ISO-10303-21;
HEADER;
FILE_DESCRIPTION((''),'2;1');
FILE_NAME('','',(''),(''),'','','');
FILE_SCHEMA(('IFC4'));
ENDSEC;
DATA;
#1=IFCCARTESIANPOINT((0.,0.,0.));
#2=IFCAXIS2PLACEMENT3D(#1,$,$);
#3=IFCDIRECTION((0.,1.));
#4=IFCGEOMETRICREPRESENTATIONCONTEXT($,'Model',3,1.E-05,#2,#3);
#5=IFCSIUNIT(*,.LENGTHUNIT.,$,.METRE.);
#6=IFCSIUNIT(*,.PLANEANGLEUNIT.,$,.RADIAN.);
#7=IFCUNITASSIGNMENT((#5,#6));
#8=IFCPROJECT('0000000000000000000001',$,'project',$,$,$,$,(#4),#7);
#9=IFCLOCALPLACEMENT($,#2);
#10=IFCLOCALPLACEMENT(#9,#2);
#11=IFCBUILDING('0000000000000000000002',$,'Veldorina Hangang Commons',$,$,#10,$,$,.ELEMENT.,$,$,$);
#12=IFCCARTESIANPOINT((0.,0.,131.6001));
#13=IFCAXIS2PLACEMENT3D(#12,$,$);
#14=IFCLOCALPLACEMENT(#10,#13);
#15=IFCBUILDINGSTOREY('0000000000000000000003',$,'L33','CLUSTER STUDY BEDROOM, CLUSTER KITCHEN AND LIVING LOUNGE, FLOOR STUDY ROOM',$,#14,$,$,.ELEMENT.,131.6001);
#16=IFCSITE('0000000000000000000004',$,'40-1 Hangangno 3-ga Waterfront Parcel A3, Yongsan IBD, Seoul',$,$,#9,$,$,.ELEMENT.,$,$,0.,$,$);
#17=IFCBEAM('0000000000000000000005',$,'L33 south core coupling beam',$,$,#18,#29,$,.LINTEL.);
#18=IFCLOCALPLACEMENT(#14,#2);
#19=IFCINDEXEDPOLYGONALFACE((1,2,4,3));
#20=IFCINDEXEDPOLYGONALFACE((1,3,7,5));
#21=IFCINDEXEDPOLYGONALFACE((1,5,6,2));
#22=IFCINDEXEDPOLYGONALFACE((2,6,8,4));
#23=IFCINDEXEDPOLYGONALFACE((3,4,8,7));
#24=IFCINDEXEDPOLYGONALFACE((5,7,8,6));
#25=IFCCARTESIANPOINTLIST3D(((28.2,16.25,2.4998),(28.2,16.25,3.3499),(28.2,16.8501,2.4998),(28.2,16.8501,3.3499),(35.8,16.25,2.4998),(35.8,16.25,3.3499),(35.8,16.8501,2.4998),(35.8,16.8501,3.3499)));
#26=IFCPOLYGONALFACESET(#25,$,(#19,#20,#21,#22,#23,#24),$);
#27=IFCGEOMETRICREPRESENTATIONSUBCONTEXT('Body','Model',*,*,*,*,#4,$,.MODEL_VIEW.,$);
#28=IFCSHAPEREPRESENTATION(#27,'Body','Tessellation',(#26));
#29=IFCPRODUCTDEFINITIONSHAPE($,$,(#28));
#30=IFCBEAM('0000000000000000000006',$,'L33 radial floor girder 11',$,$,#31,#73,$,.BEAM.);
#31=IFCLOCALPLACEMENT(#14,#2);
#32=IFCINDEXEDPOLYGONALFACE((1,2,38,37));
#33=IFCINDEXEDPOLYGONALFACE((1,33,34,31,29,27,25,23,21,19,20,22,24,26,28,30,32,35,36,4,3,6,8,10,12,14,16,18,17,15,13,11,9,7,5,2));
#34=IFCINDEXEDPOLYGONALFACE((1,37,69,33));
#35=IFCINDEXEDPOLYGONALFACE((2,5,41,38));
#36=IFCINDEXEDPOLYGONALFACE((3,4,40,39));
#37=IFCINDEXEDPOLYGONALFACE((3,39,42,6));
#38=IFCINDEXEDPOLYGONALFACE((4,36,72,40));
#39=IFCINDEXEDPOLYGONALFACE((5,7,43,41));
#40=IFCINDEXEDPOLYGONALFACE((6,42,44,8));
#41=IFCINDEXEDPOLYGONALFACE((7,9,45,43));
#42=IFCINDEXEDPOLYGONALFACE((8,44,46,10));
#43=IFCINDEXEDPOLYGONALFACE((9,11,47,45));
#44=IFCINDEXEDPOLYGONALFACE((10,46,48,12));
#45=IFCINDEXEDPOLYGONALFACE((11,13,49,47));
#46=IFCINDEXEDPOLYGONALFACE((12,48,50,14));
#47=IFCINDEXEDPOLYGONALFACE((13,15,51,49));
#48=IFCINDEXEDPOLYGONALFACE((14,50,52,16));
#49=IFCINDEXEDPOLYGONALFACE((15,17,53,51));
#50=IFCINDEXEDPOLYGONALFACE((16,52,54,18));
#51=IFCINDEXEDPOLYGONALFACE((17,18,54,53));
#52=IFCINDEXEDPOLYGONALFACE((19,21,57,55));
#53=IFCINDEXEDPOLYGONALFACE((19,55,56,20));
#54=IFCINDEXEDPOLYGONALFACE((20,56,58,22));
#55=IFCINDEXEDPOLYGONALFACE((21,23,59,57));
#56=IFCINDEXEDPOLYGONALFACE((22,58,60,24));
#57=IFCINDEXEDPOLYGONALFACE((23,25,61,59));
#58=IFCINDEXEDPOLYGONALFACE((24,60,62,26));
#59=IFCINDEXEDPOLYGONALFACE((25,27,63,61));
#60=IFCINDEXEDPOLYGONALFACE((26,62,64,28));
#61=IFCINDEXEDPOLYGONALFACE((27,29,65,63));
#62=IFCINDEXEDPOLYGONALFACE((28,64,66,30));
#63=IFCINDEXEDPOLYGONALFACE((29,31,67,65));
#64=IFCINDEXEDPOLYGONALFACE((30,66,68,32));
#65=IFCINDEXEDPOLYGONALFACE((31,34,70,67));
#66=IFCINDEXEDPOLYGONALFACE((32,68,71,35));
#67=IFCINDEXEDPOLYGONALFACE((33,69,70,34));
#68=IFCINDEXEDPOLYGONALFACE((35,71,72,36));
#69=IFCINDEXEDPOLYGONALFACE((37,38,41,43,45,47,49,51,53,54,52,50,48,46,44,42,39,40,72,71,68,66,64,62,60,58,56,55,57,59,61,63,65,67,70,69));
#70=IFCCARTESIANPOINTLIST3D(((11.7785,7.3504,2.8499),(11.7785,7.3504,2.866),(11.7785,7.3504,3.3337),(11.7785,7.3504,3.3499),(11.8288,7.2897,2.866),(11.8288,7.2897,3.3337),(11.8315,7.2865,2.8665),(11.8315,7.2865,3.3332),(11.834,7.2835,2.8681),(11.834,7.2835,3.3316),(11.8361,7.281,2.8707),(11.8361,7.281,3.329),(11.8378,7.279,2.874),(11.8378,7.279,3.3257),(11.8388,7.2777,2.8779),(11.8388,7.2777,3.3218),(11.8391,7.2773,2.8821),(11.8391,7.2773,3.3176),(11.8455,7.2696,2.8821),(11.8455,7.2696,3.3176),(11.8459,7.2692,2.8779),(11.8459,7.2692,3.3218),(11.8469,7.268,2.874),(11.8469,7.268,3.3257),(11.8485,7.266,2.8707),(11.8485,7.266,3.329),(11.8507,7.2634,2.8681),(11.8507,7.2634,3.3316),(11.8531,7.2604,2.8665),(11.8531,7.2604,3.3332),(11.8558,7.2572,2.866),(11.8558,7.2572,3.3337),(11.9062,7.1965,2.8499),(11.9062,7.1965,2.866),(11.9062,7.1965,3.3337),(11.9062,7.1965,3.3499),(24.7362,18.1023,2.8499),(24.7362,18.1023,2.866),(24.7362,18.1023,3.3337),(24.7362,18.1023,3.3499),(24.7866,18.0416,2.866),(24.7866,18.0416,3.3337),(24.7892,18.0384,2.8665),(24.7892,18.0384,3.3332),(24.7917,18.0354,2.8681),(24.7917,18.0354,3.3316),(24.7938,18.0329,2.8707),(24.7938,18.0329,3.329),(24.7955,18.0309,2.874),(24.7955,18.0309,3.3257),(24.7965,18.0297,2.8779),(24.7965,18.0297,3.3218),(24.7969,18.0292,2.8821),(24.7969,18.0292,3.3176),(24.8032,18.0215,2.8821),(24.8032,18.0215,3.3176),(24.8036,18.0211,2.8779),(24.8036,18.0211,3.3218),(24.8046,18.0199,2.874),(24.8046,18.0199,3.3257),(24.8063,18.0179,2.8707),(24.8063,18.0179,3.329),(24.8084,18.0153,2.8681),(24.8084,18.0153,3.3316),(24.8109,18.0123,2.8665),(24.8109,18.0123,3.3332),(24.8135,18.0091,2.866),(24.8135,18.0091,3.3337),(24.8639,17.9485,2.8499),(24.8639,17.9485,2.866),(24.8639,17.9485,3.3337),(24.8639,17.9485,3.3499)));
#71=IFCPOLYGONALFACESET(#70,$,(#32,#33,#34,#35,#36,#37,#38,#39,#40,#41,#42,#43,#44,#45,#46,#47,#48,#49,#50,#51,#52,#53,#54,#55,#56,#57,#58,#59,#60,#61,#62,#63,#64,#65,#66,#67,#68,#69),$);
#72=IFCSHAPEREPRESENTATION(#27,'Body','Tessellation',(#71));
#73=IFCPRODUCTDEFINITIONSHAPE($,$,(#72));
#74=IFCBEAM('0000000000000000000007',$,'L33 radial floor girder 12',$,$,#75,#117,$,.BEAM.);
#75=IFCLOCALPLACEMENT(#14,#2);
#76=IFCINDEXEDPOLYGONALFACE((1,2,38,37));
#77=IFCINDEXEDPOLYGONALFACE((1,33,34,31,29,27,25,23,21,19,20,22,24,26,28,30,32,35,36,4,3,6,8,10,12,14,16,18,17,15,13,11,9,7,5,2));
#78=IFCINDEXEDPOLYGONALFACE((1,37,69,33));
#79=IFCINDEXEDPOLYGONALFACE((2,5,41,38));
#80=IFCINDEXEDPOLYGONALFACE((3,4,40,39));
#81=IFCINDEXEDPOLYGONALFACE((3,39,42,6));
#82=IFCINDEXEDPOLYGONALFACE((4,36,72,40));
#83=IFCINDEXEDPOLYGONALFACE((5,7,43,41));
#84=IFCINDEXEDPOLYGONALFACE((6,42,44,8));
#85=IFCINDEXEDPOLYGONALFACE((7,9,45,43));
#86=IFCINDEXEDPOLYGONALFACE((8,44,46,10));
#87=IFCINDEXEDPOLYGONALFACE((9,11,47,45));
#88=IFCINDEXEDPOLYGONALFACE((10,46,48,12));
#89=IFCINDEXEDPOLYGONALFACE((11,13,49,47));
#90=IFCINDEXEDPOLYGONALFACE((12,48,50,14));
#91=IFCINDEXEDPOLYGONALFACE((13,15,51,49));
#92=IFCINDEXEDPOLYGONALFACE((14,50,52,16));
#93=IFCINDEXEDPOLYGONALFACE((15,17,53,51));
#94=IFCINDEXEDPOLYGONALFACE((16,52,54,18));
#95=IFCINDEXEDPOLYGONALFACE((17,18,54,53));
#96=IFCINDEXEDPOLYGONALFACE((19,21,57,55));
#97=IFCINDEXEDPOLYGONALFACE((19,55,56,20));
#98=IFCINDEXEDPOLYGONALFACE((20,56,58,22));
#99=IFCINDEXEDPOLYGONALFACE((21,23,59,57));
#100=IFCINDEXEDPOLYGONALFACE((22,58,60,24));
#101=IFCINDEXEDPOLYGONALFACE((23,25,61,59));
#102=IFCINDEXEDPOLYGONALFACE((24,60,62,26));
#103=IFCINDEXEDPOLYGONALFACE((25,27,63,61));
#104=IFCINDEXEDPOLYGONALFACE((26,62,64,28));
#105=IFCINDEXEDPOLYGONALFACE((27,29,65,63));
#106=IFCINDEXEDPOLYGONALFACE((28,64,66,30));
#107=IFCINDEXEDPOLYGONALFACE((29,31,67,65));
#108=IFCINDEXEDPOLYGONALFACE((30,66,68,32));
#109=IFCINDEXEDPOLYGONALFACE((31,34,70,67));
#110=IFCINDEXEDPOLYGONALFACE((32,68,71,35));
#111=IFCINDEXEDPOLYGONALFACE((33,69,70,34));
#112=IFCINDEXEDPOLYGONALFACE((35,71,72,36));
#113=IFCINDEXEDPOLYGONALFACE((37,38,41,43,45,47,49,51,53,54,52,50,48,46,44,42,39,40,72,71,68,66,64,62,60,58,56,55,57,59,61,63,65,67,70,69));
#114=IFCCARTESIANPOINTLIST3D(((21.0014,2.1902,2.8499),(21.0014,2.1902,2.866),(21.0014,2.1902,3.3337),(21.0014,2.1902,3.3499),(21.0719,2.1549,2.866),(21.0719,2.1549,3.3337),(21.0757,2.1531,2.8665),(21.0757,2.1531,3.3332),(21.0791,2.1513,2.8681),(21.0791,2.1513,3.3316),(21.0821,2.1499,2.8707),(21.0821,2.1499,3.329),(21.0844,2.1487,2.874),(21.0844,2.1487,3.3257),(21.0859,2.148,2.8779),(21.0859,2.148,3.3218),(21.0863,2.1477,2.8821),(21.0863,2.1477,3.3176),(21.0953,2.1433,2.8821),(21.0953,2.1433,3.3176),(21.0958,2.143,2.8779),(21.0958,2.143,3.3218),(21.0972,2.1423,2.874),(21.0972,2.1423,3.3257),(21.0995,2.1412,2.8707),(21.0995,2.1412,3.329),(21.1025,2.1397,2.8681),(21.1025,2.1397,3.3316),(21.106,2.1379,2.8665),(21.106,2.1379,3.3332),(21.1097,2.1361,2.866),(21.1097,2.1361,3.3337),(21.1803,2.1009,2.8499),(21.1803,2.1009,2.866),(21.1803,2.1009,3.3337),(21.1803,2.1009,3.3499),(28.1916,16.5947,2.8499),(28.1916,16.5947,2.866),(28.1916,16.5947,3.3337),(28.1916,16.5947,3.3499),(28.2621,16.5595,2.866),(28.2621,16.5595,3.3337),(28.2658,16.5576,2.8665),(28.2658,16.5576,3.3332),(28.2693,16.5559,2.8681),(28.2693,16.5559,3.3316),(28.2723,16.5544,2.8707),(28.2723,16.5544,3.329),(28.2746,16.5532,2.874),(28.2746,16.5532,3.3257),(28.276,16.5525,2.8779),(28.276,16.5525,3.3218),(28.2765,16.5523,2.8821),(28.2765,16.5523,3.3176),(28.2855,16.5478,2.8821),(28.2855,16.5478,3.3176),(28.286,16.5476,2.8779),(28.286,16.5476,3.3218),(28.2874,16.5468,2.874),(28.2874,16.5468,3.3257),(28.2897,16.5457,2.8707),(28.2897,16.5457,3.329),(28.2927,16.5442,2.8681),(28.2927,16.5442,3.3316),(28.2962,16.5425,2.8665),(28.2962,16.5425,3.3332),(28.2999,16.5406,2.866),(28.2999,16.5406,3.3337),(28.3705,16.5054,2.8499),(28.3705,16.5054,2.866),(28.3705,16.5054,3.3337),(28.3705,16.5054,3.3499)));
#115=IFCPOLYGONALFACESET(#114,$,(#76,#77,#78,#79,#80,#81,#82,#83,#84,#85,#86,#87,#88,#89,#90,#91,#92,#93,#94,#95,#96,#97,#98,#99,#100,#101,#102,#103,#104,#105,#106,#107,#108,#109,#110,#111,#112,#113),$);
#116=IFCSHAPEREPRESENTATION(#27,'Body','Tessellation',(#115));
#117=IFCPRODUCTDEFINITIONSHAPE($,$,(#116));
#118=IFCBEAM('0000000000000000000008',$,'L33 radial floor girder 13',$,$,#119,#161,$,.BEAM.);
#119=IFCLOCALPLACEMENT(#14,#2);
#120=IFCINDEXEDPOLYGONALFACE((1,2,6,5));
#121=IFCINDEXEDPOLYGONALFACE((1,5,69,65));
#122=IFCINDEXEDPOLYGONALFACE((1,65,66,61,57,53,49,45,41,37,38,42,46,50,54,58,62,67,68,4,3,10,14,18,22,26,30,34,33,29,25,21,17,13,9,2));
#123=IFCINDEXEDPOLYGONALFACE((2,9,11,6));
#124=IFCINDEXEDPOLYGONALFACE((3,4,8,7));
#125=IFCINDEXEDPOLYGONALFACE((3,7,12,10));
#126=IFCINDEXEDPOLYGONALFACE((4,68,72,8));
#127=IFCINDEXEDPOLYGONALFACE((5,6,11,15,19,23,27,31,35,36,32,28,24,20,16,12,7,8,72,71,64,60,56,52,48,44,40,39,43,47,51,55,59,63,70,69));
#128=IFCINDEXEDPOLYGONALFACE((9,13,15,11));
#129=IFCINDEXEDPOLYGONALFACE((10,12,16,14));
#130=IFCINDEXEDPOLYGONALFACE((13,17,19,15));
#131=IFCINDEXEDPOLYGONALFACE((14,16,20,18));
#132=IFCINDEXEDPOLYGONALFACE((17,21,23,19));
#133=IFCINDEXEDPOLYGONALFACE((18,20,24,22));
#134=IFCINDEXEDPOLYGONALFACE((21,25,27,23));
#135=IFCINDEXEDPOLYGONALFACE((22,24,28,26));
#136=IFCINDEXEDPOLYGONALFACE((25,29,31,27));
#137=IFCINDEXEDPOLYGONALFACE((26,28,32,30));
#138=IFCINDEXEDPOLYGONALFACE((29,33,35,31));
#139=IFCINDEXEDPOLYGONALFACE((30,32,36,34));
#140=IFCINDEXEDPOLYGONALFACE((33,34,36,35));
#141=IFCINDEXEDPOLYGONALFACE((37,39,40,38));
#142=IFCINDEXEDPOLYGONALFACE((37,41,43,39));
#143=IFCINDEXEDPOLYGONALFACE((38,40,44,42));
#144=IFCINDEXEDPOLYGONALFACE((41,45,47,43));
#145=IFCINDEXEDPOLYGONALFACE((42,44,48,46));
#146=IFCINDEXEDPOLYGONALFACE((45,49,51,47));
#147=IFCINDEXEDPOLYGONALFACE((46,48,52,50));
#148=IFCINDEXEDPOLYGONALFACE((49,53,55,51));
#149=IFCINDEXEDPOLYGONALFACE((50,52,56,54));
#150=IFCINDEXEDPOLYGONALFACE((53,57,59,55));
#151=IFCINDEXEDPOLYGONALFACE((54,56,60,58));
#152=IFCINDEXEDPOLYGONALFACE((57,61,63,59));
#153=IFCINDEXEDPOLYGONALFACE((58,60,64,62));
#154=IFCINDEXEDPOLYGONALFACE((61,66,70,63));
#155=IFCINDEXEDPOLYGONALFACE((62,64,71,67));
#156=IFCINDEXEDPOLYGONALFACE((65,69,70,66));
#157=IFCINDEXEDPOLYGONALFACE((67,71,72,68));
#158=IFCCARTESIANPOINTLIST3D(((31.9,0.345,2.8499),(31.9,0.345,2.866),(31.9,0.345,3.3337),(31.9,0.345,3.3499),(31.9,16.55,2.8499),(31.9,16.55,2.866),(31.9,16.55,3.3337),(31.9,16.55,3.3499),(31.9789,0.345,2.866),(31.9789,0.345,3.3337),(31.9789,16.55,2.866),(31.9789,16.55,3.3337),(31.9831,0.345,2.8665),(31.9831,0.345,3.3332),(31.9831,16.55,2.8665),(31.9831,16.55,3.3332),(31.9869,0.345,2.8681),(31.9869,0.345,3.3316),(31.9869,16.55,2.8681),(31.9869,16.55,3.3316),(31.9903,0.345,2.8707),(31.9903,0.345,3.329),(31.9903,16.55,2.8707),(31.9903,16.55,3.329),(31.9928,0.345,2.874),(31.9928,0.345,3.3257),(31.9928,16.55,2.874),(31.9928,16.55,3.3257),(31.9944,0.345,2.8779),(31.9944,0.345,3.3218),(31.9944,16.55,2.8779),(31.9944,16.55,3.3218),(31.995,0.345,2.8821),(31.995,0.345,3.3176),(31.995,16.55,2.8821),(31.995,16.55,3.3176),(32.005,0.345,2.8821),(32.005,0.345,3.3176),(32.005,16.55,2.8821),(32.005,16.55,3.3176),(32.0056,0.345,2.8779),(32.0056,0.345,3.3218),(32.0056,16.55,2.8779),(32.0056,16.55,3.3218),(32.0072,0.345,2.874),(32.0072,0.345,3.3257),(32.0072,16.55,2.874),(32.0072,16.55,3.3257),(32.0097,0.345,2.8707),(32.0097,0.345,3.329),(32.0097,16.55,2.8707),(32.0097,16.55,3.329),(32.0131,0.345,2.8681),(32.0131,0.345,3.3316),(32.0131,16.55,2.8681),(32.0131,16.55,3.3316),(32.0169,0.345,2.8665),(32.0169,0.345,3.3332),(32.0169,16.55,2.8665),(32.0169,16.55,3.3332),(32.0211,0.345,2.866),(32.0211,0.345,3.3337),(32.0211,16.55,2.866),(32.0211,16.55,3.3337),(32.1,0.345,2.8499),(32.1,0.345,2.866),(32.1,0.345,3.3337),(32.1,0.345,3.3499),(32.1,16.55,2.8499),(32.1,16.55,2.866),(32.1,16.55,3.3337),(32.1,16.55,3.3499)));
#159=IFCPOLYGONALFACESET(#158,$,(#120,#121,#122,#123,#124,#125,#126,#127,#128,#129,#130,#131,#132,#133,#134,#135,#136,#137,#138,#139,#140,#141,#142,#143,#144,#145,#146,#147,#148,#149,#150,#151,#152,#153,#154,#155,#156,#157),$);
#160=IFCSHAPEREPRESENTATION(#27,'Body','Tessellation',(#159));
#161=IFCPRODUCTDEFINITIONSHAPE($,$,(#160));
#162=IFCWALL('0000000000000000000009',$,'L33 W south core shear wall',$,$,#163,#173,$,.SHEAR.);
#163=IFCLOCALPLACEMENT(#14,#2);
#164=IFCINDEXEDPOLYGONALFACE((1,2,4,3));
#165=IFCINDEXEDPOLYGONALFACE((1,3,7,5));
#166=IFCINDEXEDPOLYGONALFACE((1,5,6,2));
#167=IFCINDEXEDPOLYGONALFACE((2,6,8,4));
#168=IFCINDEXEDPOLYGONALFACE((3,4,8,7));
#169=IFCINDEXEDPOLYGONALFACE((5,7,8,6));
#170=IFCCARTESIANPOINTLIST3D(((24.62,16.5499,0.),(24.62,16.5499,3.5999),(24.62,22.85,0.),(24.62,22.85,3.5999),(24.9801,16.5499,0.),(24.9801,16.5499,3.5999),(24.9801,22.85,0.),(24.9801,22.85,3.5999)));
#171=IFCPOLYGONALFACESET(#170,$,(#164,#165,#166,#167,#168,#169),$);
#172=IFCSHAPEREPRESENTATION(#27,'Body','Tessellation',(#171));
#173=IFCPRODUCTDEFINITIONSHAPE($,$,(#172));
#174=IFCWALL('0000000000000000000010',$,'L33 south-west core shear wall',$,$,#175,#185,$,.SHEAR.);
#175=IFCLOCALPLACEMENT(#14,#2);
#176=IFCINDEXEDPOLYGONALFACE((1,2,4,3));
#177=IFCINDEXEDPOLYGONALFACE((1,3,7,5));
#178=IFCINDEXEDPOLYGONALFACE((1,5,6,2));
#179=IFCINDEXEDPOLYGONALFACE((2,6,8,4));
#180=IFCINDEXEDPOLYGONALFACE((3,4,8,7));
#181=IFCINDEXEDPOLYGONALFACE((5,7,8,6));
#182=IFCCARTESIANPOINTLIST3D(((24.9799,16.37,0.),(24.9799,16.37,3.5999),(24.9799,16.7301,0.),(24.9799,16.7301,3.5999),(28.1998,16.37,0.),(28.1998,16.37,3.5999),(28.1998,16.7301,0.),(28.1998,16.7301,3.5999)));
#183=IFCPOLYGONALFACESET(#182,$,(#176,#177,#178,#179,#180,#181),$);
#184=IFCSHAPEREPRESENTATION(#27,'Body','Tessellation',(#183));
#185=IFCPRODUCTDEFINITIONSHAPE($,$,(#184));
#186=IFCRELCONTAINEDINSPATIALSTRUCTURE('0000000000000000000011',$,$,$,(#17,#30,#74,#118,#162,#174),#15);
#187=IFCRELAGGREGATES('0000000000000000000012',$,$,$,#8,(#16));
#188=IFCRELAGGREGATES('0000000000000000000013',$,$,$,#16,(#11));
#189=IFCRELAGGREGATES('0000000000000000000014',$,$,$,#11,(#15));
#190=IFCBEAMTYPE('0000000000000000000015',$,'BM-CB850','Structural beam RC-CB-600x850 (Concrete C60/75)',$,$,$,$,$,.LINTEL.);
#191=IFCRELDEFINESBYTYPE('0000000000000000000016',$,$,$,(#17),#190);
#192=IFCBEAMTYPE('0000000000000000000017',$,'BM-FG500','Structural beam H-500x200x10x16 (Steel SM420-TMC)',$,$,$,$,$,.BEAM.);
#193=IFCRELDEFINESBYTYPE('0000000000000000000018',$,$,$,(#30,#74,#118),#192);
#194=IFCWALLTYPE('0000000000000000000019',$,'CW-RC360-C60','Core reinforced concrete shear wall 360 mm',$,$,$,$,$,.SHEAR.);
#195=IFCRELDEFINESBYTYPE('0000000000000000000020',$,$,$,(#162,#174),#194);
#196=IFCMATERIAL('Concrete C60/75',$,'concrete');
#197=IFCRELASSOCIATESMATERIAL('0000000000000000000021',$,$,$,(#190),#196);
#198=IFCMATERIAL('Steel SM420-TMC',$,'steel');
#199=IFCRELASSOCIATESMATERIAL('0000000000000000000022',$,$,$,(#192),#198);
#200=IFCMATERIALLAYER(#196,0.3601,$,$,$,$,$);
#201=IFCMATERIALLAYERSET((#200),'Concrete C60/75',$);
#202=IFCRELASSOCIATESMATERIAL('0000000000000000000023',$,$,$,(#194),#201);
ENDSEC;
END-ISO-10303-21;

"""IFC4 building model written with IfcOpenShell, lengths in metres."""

from ifc_helpers import new_model, si_unit, direction, frame, frame_2d, origin, origin_2d, place, context, subcontext, project, spatial, rectangle, i_section, extrude, material, layer, layer_set, material_profile, profile_set, type_object, element, save


model = new_model("IFC4")

# Units and contexts
model_context = context("Model", 3, precision=1e-05, world=origin(), true_north=direction((0.0, 1.0)))
body_context = subcontext(model_context, "Body", "Model", "MODEL_VIEW")
ifc_project = project(units=[si_unit("LENGTHUNIT", "METRE"), si_unit("PLANEANGLEUNIT", "RADIAN")], contexts=[model_context])

# Site, building, storey
site_placement = place(None, origin())
site = spatial("IfcSite", under=ifc_project, at=site_placement, Name="40-1 Hangangno 3-ga Waterfront Parcel A3, Yongsan IBD, Seoul", CompositionType="ELEMENT", RefElevation=0.0)
building_placement = place(site_placement, origin())
building = spatial("IfcBuilding", under=site, at=building_placement, Name="Veldorina Hangang Commons", CompositionType="ELEMENT")
storey_placement = place(building_placement, frame((0.0, 0.0, 131.6001)))
storey = spatial("IfcBuildingStorey", under=building, at=storey_placement, Name="L33", Description="CLUSTER STUDY BEDROOM, CLUSTER KITCHEN AND LIVING LOUNGE, FLOOR STUDY ROOM", CompositionType="ELEMENT", Elevation=131.6001)

# Beams
ifc_material_1 = material(Name="Concrete C60/75", Category="concrete")
ifc_material_profile_1 = material_profile(ifc_material_1, rectangle(XDim=0.6001, YDim=0.8501, at=origin_2d()), Name="RC-CB-600x850")
ifc_profile_set_1 = profile_set([ifc_material_profile_1], Name="Concrete C60/75")
beam_type_1 = type_object("IfcBeamType", Name="BM-CB850", Description="Structural beam RC-CB-600x850 (Concrete C60/75)", PredefinedType="LINTEL", material=ifc_profile_set_1)
beam_1_placement = place(storey_placement, frame((28.2, 16.55, 2.9248), z_axis=(1.0, 0.0, 0.0), x_axis=(0.0, 1.0, 0.0)))
element("IfcBeam", 1, at=beam_1_placement, inside=storey, type_object=beam_type_1, Name="L33 south core coupling beam", PredefinedType="LINTEL", context=body_context, shape_type="SweptSolid", body=[
    extrude(rectangle(XDim=0.6001, YDim=0.8501, at=origin_2d()), origin(), (0.0, 0.0, 1.0), 7.6001),
])
ifc_material_2 = material(Name="Steel SM420-TMC", Category="steel")
ifc_material_profile_2 = material_profile(ifc_material_2, i_section(OverallWidth=0.2, OverallDepth=0.5, WebThickness=0.01, FlangeThickness=0.0161, FilletRadius=0.0161, at=origin_2d()), Name="H-500x200x10x16")
ifc_profile_set_2 = profile_set([ifc_material_profile_2], Name="Steel SM420-TMC")
beam_type_2 = type_object("IfcBeamType", Name="BM-FG500", Description="Structural beam H-500x200x10x16 (Steel SM420-TMC)", PredefinedType="BEAM", material=ifc_profile_set_2)
beam_2_placement = place(storey_placement, frame((24.8, 18.0254, 3.0999), z_axis=(-0.769569, -0.638564, 0.0), x_axis=(0.638564, -0.769569, 0.0)))
element("IfcBeam", 2, at=beam_2_placement, inside=storey, type_object=beam_type_2, Name="L33 radial floor girder 11", PredefinedType="BEAM", context=body_context, shape_type="SweptSolid", body=[
    extrude(i_section(OverallWidth=0.2, OverallDepth=0.5, WebThickness=0.01, FlangeThickness=0.0161, FilletRadius=0.0161, at=origin_2d()), origin(), (0.0, 0.0, 1.0), 16.8376),
])
beam_3_placement = place(storey_placement, frame((28.281, 16.55, 3.0999), z_axis=(-0.446613, -0.894727, 0.0), x_axis=(0.894727, -0.446613, 0.0)))
element("IfcBeam", 3, at=beam_3_placement, inside=storey, type_object=beam_type_2, Name="L33 radial floor girder 12", PredefinedType="BEAM", context=body_context, shape_type="SweptSolid", body=[
    extrude(i_section(OverallWidth=0.2, OverallDepth=0.5, WebThickness=0.01, FlangeThickness=0.0161, FilletRadius=0.0161, at=origin_2d()), origin(), (0.0, 0.0, 1.0), 16.0994),
])
beam_4_placement = place(storey_placement, frame((32.0, 16.55, 3.0999), z_axis=(0.0, -1.0, 0.0), x_axis=(1.0, 0.0, 0.0)))
element("IfcBeam", 4, at=beam_4_placement, inside=storey, type_object=beam_type_2, Name="L33 radial floor girder 13", PredefinedType="BEAM", context=body_context, shape_type="SweptSolid", body=[
    extrude(i_section(OverallWidth=0.2, OverallDepth=0.5, WebThickness=0.01, FlangeThickness=0.0161, FilletRadius=0.0161, at=origin_2d()), origin(), (0.0, 0.0, 1.0), 16.2051),
])

# Walls
ifc_layer_1 = layer(ifc_material_1, 0.3601)
ifc_layer_set_1 = layer_set([ifc_layer_1], Name="Concrete C60/75")
wall_type_1 = type_object("IfcWallType", Name="CW-RC360-C60", Description="Core reinforced concrete shear wall 360 mm", PredefinedType="SHEAR", material=ifc_layer_set_1)
wall_1_placement = place(storey_placement, frame((24.8, 16.55, 0.0), z_axis=(0.0, 0.0, 1.0), x_axis=(0.0, 1.0, 0.0)))
element("IfcWall", 5, at=wall_1_placement, inside=storey, type_object=wall_type_1, Name="L33 W south core shear wall", PredefinedType="SHEAR", context=body_context, shape_type="SweptSolid", body=[
    extrude(rectangle(XDim=6.3, YDim=0.3601, at=frame_2d((3.1499, 0.0))), origin(), (0.0, 0.0, 1.0), 3.5999),
])
wall_2_placement = place(storey_placement, frame((24.98, 16.55, 0.0), z_axis=(0.0, 0.0, 1.0), x_axis=(1.0, 0.0, 0.0)))
element("IfcWall", 6, at=wall_2_placement, inside=storey, type_object=wall_type_1, Name="L33 south-west core shear wall", PredefinedType="SHEAR", context=body_context, shape_type="SweptSolid", body=[
    extrude(rectangle(XDim=3.22, YDim=0.3601, at=frame_2d((1.6099, 0.0))), origin(), (0.0, 0.0, 1.0), 3.5999),
])

save(model, "model.ifc")
